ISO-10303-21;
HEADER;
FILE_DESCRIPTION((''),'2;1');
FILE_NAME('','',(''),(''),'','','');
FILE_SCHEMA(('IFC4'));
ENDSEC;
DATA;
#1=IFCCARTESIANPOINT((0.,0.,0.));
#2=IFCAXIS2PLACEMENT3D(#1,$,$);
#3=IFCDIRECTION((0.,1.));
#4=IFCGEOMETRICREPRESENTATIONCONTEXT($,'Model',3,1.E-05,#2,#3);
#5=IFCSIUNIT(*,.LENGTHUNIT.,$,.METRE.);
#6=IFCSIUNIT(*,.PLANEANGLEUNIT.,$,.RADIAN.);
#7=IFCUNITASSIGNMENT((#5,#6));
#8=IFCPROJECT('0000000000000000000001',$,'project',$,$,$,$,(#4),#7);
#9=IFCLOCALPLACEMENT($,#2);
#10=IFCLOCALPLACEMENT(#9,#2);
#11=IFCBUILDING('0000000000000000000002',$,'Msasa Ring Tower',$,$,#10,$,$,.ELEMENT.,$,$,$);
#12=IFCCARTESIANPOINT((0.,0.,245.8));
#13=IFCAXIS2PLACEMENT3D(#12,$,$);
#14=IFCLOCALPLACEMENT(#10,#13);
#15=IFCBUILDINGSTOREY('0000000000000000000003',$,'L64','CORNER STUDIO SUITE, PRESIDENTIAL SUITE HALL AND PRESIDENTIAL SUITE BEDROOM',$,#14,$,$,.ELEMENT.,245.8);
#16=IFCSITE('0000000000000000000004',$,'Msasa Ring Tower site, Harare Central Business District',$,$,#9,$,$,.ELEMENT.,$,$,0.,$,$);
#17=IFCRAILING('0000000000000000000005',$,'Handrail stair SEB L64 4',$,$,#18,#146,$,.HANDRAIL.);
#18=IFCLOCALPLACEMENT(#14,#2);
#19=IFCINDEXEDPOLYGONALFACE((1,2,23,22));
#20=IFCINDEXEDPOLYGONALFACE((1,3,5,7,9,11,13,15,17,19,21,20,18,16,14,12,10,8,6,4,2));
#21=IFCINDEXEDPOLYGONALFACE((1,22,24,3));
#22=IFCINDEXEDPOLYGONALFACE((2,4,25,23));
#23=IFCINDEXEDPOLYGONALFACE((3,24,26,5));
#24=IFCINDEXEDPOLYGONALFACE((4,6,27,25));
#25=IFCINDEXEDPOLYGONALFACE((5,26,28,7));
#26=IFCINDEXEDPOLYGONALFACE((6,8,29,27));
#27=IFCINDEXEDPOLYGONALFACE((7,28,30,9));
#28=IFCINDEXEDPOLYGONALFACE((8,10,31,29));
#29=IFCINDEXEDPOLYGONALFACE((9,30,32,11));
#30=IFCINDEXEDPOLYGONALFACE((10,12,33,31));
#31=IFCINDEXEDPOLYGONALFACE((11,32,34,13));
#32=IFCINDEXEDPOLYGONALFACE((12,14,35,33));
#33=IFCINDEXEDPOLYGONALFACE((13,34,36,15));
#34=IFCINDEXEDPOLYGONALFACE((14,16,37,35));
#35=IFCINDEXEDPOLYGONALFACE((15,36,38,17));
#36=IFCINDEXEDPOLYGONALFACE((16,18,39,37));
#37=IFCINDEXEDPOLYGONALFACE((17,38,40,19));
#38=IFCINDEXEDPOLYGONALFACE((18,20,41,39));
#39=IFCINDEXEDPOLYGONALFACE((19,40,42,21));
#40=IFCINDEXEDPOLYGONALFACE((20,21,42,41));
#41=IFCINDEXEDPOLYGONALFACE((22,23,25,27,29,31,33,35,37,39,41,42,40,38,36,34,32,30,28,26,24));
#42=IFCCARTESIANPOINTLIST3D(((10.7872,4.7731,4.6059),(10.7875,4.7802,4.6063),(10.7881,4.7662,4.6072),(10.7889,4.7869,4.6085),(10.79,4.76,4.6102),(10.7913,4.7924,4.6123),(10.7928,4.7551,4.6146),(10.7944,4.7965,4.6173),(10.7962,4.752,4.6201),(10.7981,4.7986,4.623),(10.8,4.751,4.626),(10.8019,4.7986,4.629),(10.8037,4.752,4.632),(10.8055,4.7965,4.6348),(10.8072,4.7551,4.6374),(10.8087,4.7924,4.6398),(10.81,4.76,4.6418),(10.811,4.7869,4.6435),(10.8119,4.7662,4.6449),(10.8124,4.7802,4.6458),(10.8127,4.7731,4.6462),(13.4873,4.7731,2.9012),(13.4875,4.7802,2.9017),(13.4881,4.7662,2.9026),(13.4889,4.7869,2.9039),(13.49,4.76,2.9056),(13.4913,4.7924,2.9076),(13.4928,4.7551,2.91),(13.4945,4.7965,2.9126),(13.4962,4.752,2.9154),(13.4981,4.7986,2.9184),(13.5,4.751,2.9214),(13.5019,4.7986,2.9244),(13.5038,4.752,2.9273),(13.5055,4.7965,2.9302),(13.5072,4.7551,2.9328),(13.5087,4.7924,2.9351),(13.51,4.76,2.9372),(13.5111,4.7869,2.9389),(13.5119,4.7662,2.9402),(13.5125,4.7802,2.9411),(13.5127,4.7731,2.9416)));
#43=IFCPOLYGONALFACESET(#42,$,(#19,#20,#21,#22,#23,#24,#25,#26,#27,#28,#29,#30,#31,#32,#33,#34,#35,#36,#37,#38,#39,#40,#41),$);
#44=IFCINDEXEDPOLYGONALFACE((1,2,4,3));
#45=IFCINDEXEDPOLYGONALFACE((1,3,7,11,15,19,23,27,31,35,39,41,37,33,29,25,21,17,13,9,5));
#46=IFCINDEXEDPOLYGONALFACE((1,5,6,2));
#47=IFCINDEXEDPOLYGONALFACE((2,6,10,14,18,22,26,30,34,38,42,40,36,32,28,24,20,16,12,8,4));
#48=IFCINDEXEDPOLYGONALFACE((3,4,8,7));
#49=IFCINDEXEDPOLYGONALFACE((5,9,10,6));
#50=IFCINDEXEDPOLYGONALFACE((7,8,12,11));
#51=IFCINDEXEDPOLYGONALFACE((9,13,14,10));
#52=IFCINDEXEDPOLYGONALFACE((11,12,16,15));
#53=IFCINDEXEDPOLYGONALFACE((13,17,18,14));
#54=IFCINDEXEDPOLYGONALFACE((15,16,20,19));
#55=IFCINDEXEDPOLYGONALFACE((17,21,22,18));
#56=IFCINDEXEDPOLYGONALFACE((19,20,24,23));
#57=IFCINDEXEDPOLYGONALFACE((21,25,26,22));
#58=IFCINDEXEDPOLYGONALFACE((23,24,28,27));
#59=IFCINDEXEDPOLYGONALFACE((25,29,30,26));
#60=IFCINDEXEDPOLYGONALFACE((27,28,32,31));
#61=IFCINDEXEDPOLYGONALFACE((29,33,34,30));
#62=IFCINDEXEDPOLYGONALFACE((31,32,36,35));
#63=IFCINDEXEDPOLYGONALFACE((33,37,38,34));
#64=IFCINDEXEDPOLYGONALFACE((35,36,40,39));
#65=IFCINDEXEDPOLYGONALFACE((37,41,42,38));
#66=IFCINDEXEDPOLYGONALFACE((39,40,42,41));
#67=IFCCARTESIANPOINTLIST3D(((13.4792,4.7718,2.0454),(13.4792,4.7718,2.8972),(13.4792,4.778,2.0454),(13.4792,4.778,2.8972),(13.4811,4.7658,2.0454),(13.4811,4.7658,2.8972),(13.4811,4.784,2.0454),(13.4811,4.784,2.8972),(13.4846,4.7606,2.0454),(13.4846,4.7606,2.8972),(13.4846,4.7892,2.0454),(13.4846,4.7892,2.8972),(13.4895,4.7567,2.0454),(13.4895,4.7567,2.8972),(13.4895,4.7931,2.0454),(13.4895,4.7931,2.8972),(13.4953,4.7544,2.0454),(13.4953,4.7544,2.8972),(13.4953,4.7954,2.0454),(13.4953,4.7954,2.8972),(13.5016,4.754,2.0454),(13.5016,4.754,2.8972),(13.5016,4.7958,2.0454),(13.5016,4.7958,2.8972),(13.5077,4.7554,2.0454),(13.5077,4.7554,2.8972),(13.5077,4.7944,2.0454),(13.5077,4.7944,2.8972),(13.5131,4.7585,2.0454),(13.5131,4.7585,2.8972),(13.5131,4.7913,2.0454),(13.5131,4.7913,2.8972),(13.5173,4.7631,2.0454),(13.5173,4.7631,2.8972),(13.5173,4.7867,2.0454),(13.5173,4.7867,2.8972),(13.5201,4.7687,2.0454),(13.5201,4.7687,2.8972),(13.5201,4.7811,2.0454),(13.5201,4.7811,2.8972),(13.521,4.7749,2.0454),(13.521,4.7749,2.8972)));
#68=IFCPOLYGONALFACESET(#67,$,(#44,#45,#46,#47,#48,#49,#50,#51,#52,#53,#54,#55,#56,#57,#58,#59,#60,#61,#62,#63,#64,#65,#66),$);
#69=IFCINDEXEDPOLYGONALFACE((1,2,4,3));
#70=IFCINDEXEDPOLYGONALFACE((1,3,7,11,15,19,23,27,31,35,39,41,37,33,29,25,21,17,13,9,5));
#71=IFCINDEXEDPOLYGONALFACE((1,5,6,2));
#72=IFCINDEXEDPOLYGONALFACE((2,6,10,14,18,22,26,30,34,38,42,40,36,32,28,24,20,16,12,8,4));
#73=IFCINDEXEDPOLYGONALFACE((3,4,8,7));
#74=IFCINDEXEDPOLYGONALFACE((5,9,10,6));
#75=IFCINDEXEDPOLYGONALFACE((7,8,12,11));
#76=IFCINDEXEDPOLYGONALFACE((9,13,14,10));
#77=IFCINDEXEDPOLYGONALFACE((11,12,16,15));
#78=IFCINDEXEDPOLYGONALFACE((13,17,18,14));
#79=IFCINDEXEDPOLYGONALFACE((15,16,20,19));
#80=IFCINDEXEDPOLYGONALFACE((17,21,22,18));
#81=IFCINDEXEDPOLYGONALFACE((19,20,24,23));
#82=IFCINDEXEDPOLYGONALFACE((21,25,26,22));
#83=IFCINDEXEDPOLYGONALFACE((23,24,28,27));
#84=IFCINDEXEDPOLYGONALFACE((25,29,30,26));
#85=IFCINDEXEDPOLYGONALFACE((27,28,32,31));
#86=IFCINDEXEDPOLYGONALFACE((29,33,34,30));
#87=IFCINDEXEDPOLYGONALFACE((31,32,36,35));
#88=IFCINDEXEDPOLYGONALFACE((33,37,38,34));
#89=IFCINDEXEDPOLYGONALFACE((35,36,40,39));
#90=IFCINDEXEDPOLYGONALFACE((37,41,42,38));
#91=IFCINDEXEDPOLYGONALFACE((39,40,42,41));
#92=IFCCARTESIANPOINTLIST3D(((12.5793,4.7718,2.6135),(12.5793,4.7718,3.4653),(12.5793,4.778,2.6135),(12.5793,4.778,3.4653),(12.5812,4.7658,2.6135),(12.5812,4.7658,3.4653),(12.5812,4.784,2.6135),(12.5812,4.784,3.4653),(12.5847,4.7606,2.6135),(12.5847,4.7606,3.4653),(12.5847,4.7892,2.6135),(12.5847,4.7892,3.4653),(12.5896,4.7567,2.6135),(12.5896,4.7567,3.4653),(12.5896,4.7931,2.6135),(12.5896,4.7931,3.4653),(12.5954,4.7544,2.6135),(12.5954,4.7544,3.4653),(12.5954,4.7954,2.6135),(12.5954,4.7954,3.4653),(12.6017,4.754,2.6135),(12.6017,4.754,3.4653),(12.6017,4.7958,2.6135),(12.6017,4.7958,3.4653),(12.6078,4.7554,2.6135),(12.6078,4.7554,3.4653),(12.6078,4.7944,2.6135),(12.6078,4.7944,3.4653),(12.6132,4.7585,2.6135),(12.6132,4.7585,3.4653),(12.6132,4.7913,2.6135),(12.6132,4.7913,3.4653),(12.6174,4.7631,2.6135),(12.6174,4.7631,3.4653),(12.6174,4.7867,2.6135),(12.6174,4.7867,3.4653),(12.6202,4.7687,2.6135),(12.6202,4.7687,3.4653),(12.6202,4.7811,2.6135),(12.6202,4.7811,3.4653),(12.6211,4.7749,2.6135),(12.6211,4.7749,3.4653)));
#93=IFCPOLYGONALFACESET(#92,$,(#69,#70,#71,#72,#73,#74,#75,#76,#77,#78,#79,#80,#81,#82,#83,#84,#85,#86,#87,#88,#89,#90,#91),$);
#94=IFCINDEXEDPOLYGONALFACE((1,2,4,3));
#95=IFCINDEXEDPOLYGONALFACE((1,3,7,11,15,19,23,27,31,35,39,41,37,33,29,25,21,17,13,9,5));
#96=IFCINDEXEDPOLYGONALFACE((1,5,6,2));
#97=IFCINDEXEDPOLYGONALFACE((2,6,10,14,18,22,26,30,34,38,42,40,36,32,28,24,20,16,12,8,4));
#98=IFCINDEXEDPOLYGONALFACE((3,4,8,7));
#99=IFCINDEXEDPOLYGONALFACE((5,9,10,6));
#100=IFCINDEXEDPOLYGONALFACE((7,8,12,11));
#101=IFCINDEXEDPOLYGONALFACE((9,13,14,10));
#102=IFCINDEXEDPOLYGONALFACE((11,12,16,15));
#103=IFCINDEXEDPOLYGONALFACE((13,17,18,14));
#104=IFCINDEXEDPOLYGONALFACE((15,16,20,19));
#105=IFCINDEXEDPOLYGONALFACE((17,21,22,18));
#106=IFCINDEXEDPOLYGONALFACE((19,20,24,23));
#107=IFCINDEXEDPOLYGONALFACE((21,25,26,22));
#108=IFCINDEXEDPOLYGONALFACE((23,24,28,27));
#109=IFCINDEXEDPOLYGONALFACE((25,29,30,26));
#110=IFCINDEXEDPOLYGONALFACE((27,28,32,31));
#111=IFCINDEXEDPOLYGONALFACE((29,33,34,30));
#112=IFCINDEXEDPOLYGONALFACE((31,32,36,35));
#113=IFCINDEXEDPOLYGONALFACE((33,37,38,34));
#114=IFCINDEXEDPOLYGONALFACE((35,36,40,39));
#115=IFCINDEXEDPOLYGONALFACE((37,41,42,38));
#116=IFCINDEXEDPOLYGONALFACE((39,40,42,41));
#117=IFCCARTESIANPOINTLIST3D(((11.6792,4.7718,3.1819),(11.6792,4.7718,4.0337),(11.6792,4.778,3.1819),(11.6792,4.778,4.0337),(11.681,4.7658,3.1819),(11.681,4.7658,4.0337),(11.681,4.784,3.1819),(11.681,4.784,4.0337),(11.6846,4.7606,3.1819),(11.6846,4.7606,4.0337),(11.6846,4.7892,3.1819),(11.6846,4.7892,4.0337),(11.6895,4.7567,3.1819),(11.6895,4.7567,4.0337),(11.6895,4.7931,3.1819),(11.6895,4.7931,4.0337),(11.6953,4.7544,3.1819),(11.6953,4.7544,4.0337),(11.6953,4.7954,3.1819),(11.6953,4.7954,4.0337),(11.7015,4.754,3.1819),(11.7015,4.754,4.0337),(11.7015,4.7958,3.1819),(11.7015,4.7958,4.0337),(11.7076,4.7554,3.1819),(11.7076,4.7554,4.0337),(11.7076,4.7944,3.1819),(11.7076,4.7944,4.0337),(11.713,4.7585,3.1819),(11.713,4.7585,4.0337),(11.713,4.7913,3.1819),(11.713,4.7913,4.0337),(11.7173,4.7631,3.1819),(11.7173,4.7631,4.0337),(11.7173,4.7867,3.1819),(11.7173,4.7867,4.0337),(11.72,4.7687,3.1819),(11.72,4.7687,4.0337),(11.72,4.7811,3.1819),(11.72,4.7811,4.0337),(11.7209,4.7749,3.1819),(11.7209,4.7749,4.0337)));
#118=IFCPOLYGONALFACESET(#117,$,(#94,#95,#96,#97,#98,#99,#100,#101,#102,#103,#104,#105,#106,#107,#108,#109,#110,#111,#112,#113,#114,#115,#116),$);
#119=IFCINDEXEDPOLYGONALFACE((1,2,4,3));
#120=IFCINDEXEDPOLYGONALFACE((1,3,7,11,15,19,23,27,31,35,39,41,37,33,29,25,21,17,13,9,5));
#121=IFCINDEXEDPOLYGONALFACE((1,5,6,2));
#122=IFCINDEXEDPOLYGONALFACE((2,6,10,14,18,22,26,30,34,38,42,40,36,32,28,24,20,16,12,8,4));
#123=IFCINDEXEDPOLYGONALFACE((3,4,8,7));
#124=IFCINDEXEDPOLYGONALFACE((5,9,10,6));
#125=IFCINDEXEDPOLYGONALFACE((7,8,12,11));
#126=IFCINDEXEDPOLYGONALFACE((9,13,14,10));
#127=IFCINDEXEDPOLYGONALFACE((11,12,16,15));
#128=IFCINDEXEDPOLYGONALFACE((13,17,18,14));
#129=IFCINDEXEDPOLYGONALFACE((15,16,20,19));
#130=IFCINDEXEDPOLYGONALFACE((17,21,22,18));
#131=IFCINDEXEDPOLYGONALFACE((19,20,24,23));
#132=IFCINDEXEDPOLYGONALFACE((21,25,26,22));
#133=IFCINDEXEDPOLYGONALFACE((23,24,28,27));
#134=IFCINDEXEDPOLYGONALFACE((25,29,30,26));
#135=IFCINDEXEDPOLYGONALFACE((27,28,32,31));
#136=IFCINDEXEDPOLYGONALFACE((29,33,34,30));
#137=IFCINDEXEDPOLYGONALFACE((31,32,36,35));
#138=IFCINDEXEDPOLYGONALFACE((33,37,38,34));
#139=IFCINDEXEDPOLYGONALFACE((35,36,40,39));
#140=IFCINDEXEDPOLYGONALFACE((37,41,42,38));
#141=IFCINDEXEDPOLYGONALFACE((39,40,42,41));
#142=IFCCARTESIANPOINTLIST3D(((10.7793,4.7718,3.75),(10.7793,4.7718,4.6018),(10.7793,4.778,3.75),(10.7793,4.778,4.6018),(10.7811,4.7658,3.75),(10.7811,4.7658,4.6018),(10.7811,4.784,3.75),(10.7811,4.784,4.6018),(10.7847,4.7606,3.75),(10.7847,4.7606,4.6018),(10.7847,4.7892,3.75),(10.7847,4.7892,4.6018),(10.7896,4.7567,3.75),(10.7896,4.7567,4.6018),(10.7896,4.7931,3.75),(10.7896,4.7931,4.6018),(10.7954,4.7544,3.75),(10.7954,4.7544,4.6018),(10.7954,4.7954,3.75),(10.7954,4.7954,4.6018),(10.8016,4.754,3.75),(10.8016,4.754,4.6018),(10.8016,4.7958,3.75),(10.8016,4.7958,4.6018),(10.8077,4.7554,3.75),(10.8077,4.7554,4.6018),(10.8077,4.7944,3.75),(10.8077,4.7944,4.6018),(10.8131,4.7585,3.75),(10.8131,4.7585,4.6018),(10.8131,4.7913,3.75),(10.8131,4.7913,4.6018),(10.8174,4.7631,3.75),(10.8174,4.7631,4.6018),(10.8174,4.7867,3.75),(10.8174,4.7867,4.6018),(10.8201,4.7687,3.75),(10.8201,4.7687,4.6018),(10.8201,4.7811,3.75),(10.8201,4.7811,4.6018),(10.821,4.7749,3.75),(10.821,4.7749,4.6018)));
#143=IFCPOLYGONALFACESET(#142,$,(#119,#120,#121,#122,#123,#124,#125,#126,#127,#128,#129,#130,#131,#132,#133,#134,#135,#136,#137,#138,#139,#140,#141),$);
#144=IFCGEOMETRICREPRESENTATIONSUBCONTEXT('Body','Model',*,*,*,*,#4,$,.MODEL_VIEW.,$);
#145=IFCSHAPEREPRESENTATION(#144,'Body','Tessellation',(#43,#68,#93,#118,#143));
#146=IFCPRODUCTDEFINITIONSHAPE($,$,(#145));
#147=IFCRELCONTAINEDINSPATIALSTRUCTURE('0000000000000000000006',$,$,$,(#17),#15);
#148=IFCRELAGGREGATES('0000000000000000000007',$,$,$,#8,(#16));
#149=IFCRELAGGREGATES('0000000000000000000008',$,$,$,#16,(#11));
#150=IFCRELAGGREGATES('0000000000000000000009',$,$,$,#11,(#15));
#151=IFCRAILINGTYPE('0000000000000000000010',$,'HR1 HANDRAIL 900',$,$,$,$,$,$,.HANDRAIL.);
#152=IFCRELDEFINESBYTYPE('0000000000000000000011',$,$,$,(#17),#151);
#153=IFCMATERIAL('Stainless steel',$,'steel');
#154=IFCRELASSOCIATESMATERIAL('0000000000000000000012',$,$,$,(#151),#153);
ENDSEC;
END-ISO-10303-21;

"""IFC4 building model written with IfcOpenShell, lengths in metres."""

from ifc_helpers import new_model, si_unit, direction, frame, origin, origin_2d, place, context, subcontext, project, spatial, circle, extrude, material, type_object, element, save


model = new_model("IFC4")

# Units and contexts
model_context = context("Model", 3, precision=1e-05, world=origin(), true_north=direction((0.0, 1.0)))
body_context = subcontext(model_context, "Body", "Model", "MODEL_VIEW")
ifc_project = project(units=[si_unit("LENGTHUNIT", "METRE"), si_unit("PLANEANGLEUNIT", "RADIAN")], contexts=[model_context])

# Site, building, storey
site_placement = place(None, origin())
site = spatial("IfcSite", under=ifc_project, at=site_placement, Name="Msasa Ring Tower site, Harare Central Business District", CompositionType="ELEMENT", RefElevation=0.0)
building_placement = place(site_placement, origin())
building = spatial("IfcBuilding", under=site, at=building_placement, Name="Msasa Ring Tower", CompositionType="ELEMENT")
storey_placement = place(building_placement, frame((0.0, 0.0, 245.8)))
storey = spatial("IfcBuildingStorey", under=building, at=storey_placement, Name="L64", Description="CORNER STUDIO SUITE, PRESIDENTIAL SUITE HALL AND PRESIDENTIAL SUITE BEDROOM", CompositionType="ELEMENT", Elevation=245.8)

# Railing
ifc_material_1 = material(Name="Stainless steel", Category="steel")
railing_type = type_object("IfcRailingType", Name="HR1 HANDRAIL 900", PredefinedType="HANDRAIL", material=ifc_material_1)
for number, where, name in (
    (1, (13.5, 4.7749, 2.0454), "Handrail stair SEB L64 4"),
):
    element("IfcRailing", number, at=place(storey_placement, frame(where)), inside=storey, type_object=railing_type, Name=name, PredefinedType="HANDRAIL", context=body_context, shape_type="SweptSolid", body=[
        extrude(circle(Radius=0.0239, at=origin_2d()), frame((0.0, 0.0, 0.876), z_axis=(-0.84558, 0.0, 0.533849), x_axis=(0.0, -1.0, 0.0)), (0.0, 0.0, 1.0), 3.1931),
        extrude(circle(Radius=0.021, at=origin_2d()), origin(), (0.0, 0.0, 1.0), 0.8518),
        extrude(circle(Radius=0.021, at=origin_2d()), frame((-0.8999, 0.0, 0.5681)), (0.0, 0.0, 1.0), 0.8518),
        extrude(circle(Radius=0.021, at=origin_2d()), frame((-1.8, 0.0, 1.1365)), (0.0, 0.0, 1.0), 0.8518),
        extrude(circle(Radius=0.021, at=origin_2d()), frame((-2.7, 0.0, 1.7046)), (0.0, 0.0, 1.0), 0.8518),
    ])

save(model, "model.ifc")
